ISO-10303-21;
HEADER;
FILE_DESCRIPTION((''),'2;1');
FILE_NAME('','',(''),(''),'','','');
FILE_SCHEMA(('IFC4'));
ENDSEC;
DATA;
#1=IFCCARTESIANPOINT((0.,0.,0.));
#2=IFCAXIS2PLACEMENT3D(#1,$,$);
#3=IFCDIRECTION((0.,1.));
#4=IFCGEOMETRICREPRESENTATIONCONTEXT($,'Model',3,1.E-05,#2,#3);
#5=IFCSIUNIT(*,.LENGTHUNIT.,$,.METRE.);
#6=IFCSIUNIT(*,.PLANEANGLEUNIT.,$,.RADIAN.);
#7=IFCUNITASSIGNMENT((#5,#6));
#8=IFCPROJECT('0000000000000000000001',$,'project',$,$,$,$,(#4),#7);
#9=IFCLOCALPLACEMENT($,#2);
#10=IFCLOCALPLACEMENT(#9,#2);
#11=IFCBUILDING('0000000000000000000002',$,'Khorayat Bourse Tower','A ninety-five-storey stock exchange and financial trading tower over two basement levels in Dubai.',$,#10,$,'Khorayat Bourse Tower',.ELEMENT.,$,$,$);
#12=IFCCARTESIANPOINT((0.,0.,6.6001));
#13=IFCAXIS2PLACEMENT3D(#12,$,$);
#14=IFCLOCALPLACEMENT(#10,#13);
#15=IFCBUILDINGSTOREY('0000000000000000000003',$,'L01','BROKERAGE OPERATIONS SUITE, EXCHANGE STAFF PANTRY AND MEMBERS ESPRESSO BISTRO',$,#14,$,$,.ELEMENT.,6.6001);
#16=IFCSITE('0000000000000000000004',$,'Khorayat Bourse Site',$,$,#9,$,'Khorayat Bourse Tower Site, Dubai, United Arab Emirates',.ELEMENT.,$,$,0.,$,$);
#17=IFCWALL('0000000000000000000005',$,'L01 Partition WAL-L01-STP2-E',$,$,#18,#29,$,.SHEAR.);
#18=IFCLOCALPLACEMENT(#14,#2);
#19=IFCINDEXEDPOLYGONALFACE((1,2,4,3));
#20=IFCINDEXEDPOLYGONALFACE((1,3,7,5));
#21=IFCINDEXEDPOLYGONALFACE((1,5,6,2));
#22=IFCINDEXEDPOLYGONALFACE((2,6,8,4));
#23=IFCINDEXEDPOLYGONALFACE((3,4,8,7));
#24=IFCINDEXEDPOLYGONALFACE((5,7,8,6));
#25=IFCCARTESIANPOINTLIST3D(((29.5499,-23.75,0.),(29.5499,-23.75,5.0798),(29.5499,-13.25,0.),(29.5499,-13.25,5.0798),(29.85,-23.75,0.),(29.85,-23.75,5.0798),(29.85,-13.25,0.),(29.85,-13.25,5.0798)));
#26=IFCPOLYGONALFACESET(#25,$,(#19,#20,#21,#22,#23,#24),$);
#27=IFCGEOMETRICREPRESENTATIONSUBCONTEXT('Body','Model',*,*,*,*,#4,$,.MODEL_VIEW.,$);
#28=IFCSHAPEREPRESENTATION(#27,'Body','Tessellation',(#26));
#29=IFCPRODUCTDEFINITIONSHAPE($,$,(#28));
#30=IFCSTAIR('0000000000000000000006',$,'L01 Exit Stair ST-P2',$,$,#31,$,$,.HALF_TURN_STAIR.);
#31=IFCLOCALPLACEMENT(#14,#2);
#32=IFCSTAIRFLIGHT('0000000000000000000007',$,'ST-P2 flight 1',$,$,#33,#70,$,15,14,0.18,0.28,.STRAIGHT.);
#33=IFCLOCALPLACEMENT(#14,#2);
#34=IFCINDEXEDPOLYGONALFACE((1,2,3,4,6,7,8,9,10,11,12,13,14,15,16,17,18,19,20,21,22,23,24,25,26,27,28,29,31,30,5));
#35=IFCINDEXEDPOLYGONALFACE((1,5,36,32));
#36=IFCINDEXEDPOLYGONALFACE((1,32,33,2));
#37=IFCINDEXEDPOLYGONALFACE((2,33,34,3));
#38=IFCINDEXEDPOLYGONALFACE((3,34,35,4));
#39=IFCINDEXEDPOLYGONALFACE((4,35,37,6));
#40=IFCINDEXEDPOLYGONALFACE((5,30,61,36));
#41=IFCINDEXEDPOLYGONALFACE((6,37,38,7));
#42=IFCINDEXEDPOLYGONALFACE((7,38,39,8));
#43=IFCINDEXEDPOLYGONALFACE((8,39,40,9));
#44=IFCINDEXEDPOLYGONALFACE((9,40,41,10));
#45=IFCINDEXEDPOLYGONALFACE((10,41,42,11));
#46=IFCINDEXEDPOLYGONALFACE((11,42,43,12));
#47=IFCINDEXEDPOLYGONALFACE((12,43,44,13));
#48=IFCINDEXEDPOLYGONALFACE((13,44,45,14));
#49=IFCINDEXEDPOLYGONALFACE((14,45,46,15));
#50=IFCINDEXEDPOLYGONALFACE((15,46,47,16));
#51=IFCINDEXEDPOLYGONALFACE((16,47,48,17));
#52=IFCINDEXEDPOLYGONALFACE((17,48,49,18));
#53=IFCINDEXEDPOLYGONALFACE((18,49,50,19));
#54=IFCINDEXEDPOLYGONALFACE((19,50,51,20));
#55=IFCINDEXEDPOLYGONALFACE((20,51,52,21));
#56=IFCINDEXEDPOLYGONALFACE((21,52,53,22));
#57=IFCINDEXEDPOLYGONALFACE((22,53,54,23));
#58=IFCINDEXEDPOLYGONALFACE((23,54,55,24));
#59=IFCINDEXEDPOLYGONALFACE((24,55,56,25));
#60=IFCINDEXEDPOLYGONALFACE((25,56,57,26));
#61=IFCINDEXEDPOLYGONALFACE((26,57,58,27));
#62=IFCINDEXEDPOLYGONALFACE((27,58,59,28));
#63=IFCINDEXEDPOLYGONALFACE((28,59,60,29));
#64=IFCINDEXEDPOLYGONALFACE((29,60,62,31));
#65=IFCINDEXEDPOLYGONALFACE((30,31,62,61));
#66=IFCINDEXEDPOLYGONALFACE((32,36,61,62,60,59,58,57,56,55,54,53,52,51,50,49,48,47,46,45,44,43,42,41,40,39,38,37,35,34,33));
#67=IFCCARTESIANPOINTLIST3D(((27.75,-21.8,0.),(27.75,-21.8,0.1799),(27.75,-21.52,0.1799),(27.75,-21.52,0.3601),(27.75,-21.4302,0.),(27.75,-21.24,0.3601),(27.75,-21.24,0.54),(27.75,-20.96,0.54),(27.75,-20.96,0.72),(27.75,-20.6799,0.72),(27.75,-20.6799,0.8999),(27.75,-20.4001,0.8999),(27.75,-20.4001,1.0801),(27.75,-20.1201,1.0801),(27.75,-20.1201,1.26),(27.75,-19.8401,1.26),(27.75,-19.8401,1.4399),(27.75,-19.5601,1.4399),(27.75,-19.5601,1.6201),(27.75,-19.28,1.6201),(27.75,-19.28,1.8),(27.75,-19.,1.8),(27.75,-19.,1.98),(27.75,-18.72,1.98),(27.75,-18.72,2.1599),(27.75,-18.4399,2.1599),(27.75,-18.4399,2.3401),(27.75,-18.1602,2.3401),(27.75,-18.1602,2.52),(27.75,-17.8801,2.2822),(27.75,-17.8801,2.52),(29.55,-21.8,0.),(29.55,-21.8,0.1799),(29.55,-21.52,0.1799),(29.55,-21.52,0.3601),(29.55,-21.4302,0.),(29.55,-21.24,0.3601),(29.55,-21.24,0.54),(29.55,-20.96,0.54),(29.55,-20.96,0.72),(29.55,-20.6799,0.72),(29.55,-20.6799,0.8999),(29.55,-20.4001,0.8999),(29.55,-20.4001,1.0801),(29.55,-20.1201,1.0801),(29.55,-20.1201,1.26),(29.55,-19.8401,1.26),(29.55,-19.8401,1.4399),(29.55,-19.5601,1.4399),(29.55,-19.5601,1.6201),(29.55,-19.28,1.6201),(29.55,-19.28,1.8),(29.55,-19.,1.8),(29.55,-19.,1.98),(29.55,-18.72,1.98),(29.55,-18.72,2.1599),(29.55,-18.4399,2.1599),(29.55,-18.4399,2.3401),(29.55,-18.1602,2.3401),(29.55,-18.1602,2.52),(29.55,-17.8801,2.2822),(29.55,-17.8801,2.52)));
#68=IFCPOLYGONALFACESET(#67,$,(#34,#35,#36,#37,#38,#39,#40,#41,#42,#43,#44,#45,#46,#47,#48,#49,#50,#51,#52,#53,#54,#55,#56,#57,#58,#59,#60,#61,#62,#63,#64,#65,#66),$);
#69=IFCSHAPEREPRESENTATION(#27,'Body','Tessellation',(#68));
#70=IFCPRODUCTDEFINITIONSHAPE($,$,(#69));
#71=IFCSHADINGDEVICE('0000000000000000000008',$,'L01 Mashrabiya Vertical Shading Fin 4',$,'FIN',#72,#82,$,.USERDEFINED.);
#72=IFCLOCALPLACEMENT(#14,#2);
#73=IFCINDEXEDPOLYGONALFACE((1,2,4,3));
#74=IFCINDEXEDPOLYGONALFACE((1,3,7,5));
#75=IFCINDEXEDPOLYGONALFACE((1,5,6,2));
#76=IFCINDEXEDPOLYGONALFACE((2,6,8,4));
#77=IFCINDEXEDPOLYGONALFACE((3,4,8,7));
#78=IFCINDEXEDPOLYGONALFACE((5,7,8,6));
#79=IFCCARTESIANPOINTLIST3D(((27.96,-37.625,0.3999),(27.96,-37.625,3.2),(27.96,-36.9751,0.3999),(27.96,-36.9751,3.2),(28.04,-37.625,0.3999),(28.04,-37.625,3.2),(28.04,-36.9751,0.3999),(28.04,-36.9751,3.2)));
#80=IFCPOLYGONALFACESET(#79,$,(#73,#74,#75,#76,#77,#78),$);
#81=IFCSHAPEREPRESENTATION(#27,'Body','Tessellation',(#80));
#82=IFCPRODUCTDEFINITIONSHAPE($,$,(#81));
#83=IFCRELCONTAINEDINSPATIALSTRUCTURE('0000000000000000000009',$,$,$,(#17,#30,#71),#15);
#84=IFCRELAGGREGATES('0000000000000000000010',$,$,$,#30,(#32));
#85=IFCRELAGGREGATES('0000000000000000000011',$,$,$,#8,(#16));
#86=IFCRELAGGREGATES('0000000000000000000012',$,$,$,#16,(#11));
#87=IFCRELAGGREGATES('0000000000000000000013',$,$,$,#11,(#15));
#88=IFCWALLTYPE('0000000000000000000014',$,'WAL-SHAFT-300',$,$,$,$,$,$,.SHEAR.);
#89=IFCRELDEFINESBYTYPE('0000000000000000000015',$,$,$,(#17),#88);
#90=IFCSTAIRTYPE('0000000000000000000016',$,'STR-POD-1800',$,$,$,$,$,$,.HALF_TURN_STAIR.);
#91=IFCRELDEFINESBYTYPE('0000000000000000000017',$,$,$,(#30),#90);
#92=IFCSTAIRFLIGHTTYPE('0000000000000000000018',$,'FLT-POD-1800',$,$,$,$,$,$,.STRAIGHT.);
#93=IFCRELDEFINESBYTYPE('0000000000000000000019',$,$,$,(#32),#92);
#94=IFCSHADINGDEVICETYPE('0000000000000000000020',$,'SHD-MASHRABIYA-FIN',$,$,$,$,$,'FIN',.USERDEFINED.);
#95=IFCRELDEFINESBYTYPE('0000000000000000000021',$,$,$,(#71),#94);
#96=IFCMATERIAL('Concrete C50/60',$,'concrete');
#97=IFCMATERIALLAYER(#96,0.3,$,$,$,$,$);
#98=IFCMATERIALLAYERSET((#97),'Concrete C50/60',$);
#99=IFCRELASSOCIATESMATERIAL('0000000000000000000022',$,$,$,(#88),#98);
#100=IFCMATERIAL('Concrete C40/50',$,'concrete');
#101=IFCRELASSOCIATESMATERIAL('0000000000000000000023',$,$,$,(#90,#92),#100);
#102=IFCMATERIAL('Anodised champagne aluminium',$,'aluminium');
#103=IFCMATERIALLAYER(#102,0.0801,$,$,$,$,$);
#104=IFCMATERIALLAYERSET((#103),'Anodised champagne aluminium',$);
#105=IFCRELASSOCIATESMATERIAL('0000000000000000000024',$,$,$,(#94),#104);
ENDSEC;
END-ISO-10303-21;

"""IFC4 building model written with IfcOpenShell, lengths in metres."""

from ifc_helpers import new_model, si_unit, direction, frame, frame_2d, origin, origin_2d, place, context, subcontext, project, spatial, polyline, rectangle, outline, extrude, source, transform, mapped, material, layer, layer_set, type_object, element, aggregate, save


model = new_model("IFC4")

# Units and contexts
model_context = context("Model", 3, precision=1e-05, world=origin(), true_north=direction((0.0, 1.0)))
body_context = subcontext(model_context, "Body", "Model", "MODEL_VIEW")
ifc_project = project(units=[si_unit("LENGTHUNIT", "METRE"), si_unit("PLANEANGLEUNIT", "RADIAN")], contexts=[model_context])

# Site, building, storey
site_placement = place(None, origin())
site = spatial("IfcSite", under=ifc_project, at=site_placement, Name="Khorayat Bourse Site", LongName="Khorayat Bourse Tower Site, Dubai, United Arab Emirates", CompositionType="ELEMENT", RefElevation=0.0)
building_placement = place(site_placement, origin())
building = spatial("IfcBuilding", under=site, at=building_placement, Name="Khorayat Bourse Tower", Description="A ninety-five-storey stock exchange and financial trading tower over two basement levels in Dubai.", LongName="Khorayat Bourse Tower", CompositionType="ELEMENT")
storey_placement = place(building_placement, frame((0.0, 0.0, 6.6001)))
storey = spatial("IfcBuildingStorey", under=building, at=storey_placement, Name="L01", Description="BROKERAGE OPERATIONS SUITE, EXCHANGE STAFF PANTRY AND MEMBERS ESPRESSO BISTRO", CompositionType="ELEMENT", Elevation=6.6001)

# Wall
ifc_material_1 = material(Name="Concrete C50/60", Category="concrete")
ifc_layer_1 = layer(ifc_material_1, 0.3)
ifc_layer_set_1 = layer_set([ifc_layer_1], Name="Concrete C50/60")
wall_type_1 = type_object("IfcWallType", Name="WAL-SHAFT-300", PredefinedType="SHEAR", material=ifc_layer_set_1)
shared_shape_1 = source(origin(), body_context, "Body", "SweptSolid", [
    extrude(rectangle(XDim=10.5, YDim=0.3, at=frame_2d((5.25, 0.0))), origin(), (0.0, 0.0, 1.0), 5.0798),
])
wall_1_placement = place(storey_placement, frame((29.7, -23.75, 0.0), z_axis=(0.0, 0.0, 1.0), x_axis=(0.0, 1.0, 0.0)))
element("IfcWall", 1, at=wall_1_placement, inside=storey, type_object=wall_type_1, Name="L01 Partition WAL-L01-STP2-E", PredefinedType="SHEAR", context=body_context, shape_type="MappedRepresentation", body=[
    mapped(shared_shape_1, transform((0.0, 0.0, 0.0), scale=1.0)),
])

# Stair, stair flight
ifc_material_2 = material(Name="Concrete C40/50", Category="concrete")
stair_type = type_object("IfcStairType", Name="STR-POD-1800", PredefinedType="HALF_TURN_STAIR", material=ifc_material_2)
stair_placement = place(storey_placement, origin())
stair = element("IfcStair", 2, at=stair_placement, inside=storey, type_object=stair_type, Name="L01 Exit Stair ST-P2", PredefinedType="HALF_TURN_STAIR")
stair_flight_type = type_object("IfcStairFlightType", Name="FLT-POD-1800", PredefinedType="STRAIGHT", material=ifc_material_2)
shared_shape_2 = source(origin(), body_context, "Body", "SweptSolid", [
    extrude(outline(polyline([(0.0, 0.0), (0.0, 0.1799), (0.28, 0.1799), (0.28, 0.3601), (0.5601, 0.3601), (0.5601, 0.54), (0.8401, 0.54), (0.8401, 0.72), (1.1201, 0.72), (1.1201, 0.8999), (1.3999, 0.8999), (1.3999, 1.0801), (1.6799, 1.0801), (1.6799, 1.26), (1.96, 1.26), (1.96, 1.4399), (2.24, 1.4399), (2.24, 1.6201), (2.52, 1.6201), (2.52, 1.8), (2.8, 1.8), (2.8, 1.98), (3.0801, 1.98), (3.0801, 2.1599), (3.3601, 2.1599), (3.3601, 2.3401), (3.6399, 2.3401), (3.6399, 2.52), (3.9199, 2.52), (3.9199, 2.7), (3.9199, 2.2822), (0.3699, 0.0), (0.0, 0.0)])), frame((0.0, 0.8999, 0.0), z_axis=(0.0, -1.0, 0.0), x_axis=(1.0, 0.0, 0.0)), (0.0, 0.0, 1.0), 1.8),
])
stair_flight_placement = place(storey_placement, frame((28.6499, -21.8, 0.0), z_axis=(0.0, 0.0, 1.0), x_axis=(0.0, 1.0, 0.0)))
stair_flight = element("IfcStairFlight", 3, at=stair_flight_placement, type_object=stair_flight_type, Name="ST-P2 flight 1", NumberOfRisers=15, NumberOfTreads=14, PredefinedType="STRAIGHT", RiserHeight=0.18, TreadLength=0.28, context=body_context, shape_type="MappedRepresentation", body=[
    mapped(shared_shape_2, transform((0.0, 0.0, 0.0), scale=1.0)),
])
aggregate(stair, [stair_flight])

# Shading device
ifc_material_3 = material(Name="Anodised champagne aluminium", Category="aluminium")
ifc_layer_2 = layer(ifc_material_3, 0.0801)
ifc_layer_set_2 = layer_set([ifc_layer_2], Name="Anodised champagne aluminium")
shading_device_type = type_object("IfcShadingDeviceType", Name="SHD-MASHRABIYA-FIN", ElementType="FIN", PredefinedType="USERDEFINED", material=ifc_layer_set_2)
shared_shape_3 = source(origin(), body_context, "Body", "SweptSolid", [
    extrude(rectangle(XDim=0.0801, YDim=0.6499, at=origin_2d()), origin(), (0.0, 0.0, 1.0), 2.8),
])
shading_device_placement = place(storey_placement, frame((28.0, -37.3, 0.3999), z_axis=(0.0, 0.0, 1.0), x_axis=(1.0, 0.0, 0.0)))
element("IfcShadingDevice", 4, at=shading_device_placement, inside=storey, type_object=shading_device_type, Name="L01 Mashrabiya Vertical Shading Fin 4", ObjectType="FIN", PredefinedType="USERDEFINED", context=body_context, shape_type="MappedRepresentation", body=[
    mapped(shared_shape_3, transform((0.0, 0.0, 0.0), scale=1.0)),
])

save(model, "model.ifc")
